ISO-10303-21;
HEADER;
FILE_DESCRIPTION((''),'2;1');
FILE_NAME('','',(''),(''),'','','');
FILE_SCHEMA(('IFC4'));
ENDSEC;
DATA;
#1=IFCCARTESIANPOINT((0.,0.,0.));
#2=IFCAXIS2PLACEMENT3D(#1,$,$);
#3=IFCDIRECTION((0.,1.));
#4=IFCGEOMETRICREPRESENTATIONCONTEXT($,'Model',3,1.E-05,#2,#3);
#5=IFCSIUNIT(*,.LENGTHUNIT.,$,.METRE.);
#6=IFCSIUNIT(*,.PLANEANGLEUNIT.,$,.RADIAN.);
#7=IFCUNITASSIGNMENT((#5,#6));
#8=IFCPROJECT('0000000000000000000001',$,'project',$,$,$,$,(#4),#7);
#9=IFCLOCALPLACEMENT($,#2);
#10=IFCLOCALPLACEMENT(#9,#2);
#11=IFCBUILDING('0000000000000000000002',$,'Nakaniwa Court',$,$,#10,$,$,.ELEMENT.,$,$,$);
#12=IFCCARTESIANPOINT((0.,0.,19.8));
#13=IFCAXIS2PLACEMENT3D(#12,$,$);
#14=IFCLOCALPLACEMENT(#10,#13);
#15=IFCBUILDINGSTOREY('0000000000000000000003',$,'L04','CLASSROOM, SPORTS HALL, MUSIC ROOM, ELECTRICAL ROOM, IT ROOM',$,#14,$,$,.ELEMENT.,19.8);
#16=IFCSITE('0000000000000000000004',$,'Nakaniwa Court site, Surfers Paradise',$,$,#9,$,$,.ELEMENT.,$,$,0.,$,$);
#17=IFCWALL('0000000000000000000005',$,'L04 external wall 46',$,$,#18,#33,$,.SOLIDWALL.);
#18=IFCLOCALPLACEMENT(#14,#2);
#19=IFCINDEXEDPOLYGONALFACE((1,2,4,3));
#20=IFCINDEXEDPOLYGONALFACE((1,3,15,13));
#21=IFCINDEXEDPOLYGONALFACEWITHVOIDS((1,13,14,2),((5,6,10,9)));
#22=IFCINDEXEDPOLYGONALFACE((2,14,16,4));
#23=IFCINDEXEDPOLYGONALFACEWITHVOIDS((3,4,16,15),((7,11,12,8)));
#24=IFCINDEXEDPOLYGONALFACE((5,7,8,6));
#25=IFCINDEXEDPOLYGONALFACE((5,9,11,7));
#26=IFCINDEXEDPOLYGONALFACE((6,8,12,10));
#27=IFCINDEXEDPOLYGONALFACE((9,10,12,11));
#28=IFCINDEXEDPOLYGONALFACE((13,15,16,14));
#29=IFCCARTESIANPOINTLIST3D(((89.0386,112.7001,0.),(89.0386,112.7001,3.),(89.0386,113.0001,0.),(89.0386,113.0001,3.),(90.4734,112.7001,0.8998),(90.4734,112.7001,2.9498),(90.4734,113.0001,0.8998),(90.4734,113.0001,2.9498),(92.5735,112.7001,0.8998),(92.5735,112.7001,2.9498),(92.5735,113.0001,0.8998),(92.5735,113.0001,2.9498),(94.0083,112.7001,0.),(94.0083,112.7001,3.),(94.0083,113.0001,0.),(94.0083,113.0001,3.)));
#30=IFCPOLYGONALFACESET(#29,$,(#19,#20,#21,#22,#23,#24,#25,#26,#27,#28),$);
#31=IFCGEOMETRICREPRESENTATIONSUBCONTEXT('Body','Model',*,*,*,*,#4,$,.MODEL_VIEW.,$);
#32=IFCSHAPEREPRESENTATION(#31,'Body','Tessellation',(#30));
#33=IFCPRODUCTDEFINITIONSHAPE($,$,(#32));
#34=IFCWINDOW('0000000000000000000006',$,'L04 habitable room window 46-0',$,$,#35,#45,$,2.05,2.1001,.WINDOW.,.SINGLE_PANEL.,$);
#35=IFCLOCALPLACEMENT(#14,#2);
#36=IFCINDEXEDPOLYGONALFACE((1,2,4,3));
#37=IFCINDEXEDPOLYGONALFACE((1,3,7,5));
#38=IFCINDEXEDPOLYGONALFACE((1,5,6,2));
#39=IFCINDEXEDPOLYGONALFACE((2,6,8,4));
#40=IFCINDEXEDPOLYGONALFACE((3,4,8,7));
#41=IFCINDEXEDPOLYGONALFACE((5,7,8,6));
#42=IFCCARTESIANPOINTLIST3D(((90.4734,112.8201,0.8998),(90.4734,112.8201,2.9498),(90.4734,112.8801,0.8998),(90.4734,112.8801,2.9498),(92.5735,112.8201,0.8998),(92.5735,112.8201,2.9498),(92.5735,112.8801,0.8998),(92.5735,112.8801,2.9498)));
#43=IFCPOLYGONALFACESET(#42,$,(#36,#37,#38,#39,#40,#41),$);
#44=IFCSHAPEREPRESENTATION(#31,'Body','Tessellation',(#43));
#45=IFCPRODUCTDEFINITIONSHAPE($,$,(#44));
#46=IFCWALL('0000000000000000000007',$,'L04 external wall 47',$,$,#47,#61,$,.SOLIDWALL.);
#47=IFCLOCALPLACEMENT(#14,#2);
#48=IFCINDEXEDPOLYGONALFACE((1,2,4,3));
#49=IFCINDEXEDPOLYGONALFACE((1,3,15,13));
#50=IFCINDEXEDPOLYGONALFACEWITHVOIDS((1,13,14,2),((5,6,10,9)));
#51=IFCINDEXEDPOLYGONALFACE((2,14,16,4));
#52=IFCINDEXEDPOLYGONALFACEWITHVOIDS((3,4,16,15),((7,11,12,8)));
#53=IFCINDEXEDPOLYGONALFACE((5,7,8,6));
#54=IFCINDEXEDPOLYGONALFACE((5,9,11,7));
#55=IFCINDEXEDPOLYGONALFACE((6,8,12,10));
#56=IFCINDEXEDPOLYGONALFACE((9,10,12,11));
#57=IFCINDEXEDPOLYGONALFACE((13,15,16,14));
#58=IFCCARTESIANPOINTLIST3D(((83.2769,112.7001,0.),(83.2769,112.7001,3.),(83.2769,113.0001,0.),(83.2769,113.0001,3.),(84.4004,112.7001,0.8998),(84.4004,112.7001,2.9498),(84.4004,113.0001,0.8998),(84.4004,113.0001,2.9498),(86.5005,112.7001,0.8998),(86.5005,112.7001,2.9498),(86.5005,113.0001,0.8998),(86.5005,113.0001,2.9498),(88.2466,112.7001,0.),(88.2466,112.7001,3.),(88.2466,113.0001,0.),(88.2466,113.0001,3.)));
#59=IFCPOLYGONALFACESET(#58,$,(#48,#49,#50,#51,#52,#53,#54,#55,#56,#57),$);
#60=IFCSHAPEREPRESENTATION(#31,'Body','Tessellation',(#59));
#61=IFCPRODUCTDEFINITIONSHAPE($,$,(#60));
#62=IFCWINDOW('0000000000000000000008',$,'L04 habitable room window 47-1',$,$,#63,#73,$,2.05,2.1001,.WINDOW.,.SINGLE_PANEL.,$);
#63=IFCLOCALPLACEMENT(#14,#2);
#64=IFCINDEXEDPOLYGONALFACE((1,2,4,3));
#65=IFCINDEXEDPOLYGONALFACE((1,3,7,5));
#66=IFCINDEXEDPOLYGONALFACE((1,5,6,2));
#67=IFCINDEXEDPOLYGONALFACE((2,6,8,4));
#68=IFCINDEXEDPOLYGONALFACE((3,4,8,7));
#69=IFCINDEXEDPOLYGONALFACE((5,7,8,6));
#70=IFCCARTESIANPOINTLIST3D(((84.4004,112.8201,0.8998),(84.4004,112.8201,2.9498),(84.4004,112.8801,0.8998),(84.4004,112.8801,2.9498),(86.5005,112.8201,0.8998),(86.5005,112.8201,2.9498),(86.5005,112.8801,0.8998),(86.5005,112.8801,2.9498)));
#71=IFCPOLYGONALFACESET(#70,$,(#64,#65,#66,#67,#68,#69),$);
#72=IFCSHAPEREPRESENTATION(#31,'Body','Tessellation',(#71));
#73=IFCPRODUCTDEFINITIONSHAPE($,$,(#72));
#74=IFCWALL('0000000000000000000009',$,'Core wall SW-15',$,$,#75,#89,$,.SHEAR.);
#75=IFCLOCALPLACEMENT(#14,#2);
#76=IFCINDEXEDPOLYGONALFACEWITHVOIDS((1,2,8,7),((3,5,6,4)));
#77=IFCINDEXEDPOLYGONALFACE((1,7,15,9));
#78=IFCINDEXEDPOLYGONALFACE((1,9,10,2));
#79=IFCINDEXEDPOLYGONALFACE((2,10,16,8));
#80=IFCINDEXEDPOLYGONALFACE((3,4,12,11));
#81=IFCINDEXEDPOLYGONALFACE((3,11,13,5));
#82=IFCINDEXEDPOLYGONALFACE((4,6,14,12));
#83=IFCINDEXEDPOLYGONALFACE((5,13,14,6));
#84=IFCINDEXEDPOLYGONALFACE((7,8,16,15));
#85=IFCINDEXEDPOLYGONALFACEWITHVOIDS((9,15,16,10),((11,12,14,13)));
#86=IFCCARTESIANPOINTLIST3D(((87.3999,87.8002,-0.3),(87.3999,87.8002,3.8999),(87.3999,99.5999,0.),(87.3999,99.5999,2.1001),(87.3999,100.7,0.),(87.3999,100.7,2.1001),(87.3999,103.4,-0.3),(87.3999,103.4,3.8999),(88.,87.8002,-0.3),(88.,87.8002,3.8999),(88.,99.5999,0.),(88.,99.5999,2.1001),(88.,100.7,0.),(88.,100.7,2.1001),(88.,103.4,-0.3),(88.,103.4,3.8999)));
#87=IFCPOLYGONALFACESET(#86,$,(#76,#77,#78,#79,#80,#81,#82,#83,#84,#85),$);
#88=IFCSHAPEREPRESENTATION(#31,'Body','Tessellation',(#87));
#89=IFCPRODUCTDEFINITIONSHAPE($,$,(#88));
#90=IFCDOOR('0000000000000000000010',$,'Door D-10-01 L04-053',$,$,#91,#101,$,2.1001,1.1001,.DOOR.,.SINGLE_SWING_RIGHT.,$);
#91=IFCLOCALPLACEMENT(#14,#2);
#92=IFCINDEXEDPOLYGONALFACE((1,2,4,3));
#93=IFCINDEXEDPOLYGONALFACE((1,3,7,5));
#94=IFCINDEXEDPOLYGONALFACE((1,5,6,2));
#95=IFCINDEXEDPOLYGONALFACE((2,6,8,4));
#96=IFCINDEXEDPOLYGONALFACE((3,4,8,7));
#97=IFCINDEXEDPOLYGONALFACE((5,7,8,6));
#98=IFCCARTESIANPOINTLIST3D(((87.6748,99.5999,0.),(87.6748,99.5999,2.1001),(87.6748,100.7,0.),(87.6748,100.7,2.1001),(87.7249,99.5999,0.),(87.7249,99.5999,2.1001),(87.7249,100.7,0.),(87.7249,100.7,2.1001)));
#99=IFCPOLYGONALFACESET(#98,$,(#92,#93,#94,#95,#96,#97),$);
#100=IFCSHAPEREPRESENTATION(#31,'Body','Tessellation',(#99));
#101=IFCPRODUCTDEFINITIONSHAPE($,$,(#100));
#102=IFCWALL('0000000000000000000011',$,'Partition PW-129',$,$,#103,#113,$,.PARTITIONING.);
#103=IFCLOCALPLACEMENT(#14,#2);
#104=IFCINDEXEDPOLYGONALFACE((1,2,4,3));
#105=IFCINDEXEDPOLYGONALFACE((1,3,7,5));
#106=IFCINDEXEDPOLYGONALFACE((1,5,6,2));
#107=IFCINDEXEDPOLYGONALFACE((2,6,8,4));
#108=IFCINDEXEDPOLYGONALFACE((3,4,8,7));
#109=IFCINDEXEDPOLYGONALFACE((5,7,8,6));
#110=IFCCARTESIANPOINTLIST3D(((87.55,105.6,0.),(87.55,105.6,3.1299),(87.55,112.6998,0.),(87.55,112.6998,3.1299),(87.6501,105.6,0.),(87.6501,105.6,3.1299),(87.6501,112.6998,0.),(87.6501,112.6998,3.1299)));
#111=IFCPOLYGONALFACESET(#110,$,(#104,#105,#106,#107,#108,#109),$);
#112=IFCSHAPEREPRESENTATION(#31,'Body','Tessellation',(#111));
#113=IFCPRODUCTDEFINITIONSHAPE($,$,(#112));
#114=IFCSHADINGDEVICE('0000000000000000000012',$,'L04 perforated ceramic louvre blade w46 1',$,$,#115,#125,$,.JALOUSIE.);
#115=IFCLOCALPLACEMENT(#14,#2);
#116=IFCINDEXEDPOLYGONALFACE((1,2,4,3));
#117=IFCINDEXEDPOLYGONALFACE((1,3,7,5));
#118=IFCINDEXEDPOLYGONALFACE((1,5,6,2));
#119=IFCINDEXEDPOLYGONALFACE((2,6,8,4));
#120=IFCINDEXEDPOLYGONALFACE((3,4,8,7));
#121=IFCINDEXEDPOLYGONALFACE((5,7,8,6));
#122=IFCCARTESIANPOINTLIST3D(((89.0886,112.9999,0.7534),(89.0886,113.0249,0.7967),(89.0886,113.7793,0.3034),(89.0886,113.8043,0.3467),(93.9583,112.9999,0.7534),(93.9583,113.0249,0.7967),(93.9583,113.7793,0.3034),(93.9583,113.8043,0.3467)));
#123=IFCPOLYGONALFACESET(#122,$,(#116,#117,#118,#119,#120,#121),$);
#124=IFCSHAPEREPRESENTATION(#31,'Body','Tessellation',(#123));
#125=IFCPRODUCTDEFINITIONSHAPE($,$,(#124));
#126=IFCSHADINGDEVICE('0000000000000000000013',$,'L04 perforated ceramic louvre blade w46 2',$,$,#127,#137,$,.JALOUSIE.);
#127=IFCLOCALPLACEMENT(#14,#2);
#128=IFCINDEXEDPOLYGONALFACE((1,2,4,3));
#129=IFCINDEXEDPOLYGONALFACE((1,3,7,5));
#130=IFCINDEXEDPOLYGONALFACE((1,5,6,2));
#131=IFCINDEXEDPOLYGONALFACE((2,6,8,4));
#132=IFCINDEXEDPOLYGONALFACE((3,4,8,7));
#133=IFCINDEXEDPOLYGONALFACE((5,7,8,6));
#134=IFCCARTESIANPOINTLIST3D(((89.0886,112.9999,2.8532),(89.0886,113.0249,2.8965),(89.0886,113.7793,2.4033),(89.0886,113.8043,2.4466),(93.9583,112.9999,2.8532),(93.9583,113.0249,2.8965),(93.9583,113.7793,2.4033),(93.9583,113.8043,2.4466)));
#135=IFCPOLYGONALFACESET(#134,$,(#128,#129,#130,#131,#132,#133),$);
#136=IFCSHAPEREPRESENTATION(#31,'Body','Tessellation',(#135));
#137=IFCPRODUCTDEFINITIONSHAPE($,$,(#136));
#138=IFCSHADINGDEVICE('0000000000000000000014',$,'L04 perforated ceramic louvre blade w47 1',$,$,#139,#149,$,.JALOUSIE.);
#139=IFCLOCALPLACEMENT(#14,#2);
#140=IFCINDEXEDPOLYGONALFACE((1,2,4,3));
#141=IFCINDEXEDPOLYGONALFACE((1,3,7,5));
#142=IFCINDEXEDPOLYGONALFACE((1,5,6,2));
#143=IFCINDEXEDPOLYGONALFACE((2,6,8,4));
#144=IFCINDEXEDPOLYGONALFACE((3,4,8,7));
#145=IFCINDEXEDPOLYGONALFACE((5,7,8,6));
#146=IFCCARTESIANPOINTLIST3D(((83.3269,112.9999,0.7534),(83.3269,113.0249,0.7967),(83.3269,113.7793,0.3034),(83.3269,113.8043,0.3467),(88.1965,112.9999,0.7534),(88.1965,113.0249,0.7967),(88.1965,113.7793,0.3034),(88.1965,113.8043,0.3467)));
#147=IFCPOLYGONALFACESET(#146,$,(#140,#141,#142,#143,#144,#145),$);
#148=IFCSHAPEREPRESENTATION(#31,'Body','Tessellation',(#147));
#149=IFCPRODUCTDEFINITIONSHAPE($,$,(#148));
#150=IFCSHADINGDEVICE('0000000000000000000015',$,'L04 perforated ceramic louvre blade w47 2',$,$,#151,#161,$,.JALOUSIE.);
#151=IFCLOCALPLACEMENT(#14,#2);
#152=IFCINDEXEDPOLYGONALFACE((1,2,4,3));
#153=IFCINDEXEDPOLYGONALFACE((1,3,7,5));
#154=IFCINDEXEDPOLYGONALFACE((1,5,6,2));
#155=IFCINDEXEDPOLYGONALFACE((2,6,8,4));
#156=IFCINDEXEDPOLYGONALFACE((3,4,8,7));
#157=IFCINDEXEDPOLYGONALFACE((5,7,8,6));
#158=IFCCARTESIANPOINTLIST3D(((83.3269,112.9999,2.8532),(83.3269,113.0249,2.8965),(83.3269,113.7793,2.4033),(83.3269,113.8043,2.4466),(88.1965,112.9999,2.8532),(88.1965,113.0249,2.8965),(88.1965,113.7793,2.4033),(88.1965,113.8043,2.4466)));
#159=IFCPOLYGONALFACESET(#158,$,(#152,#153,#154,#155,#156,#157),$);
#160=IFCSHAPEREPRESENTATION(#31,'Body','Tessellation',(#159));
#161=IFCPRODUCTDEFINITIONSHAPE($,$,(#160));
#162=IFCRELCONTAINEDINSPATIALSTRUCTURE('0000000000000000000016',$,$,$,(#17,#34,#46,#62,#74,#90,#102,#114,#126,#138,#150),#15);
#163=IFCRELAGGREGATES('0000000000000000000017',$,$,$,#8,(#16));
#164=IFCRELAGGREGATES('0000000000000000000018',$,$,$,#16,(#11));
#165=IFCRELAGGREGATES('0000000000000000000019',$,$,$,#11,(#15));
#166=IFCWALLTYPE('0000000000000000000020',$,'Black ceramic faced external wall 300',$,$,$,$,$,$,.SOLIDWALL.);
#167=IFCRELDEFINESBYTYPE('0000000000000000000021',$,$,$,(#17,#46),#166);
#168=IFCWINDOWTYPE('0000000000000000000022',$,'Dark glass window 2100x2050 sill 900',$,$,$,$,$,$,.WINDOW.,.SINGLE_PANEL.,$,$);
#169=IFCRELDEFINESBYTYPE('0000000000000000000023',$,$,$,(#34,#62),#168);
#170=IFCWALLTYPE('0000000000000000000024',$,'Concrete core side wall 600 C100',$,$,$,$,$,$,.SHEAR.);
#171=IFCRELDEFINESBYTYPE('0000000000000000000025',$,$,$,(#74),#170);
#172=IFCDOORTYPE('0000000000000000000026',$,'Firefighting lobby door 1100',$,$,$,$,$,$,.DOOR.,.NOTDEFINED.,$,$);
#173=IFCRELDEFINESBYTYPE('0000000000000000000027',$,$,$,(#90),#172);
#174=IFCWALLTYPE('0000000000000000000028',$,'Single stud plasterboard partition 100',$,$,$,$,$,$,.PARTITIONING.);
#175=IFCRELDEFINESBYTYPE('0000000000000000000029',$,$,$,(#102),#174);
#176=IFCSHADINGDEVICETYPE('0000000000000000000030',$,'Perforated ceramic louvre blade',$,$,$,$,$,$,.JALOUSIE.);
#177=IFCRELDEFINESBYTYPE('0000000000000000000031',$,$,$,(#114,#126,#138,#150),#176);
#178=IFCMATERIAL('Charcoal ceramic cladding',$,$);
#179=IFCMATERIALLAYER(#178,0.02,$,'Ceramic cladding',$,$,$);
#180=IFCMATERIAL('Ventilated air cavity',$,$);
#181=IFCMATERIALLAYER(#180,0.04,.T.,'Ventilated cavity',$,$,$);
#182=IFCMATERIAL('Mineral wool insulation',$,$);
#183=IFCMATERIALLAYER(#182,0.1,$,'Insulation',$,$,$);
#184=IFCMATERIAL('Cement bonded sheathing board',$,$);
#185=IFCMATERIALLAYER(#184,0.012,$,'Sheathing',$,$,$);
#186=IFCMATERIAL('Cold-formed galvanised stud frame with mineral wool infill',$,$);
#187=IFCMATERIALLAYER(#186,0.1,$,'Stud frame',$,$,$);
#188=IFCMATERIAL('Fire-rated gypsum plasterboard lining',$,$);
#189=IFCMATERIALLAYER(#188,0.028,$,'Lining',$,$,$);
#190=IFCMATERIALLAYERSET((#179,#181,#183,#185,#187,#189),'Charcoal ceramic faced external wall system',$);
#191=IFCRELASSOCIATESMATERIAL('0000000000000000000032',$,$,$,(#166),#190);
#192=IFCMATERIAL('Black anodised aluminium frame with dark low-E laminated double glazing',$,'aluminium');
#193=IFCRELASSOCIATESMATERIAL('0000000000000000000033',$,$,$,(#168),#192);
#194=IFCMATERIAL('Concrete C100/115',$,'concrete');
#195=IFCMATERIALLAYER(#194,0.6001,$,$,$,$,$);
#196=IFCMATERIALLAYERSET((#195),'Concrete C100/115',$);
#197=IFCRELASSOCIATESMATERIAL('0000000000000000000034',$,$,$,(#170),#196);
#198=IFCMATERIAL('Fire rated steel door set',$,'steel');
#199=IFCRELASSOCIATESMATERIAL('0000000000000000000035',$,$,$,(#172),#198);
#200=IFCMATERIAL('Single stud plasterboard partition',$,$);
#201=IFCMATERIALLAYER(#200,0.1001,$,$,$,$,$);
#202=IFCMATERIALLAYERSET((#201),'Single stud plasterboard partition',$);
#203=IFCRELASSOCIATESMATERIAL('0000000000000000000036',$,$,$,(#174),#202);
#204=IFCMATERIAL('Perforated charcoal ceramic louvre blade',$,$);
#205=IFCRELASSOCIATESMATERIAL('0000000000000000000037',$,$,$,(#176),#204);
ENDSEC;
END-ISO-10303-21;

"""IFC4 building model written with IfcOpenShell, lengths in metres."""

from ifc_helpers import new_model, si_unit, direction, frame, frame_2d, origin, origin_2d, place, context, subcontext, project, spatial, rectangle, extrude, material, layer, layer_set, material_profile, profile_set, type_object, element, fill, save


model = new_model("IFC4")

# Units and contexts
model_context = context("Model", 3, precision=1e-05, world=origin(), true_north=direction((0.0, 1.0)))
body_context = subcontext(model_context, "Body", "Model", "MODEL_VIEW")
ifc_project = project(units=[si_unit("LENGTHUNIT", "METRE"), si_unit("PLANEANGLEUNIT", "RADIAN")], contexts=[model_context])

# Site, building, storey
site_placement = place(None, origin())
site = spatial("IfcSite", under=ifc_project, at=site_placement, Name="Nakaniwa Court site, Surfers Paradise", CompositionType="ELEMENT", RefElevation=0.0)
building_placement = place(site_placement, origin())
building = spatial("IfcBuilding", under=site, at=building_placement, Name="Nakaniwa Court", CompositionType="ELEMENT")
storey_placement = place(building_placement, frame((0.0, 0.0, 19.8)))
storey = spatial("IfcBuildingStorey", under=building, at=storey_placement, Name="L04", Description="CLASSROOM, SPORTS HALL, MUSIC ROOM, ELECTRICAL ROOM, IT ROOM", CompositionType="ELEMENT", Elevation=19.8)

# Shared definitions
ifc_material_1 = material(Name="Concrete C100/115", Category="concrete")

# Walls, openings, windows
ifc_material_2 = material(Name="Charcoal ceramic cladding")
ifc_layer_1 = layer(ifc_material_2, 0.02, Name="Ceramic cladding")
ifc_material_3 = material(Name="Ventilated air cavity")
ifc_layer_2 = layer(ifc_material_3, 0.04, ventilated=True, Name="Ventilated cavity")
ifc_material_4 = material(Name="Mineral wool insulation")
ifc_layer_3 = layer(ifc_material_4, 0.1, Name="Insulation")
ifc_material_5 = material(Name="Cement bonded sheathing board")
ifc_layer_4 = layer(ifc_material_5, 0.012, Name="Sheathing")
ifc_material_6 = material(Name="Cold-formed galvanised stud frame with mineral wool infill")
ifc_layer_5 = layer(ifc_material_6, 0.1, Name="Stud frame")
ifc_material_7 = material(Name="Fire-rated gypsum plasterboard lining")
ifc_layer_6 = layer(ifc_material_7, 0.028, Name="Lining")
ifc_layer_set_1 = layer_set([ifc_layer_1, ifc_layer_2, ifc_layer_3, ifc_layer_4, ifc_layer_5, ifc_layer_6], Name="Charcoal ceramic faced external wall system")
wall_type_1 = type_object("IfcWallType", Name="Black ceramic faced external wall 300", PredefinedType="SOLIDWALL", material=ifc_layer_set_1)
wall_1_placement = place(storey_placement, frame((94.0083, 112.8501, 0.0), z_axis=(0.0, 0.0, 1.0), x_axis=(-1.0, 0.0, 0.0)))
wall_1 = element("IfcWall", 1, at=wall_1_placement, inside=storey, type_object=wall_type_1, Name="L04 external wall 46", PredefinedType="SOLIDWALL", context=body_context, shape_type="SweptSolid", body=[
    extrude(rectangle(XDim=4.9697, YDim=0.3, at=frame_2d((2.4849, 0.0))), origin(), (0.0, 0.0, 1.0), 3.0),
])
opening_1_placement = place(wall_1_placement, frame((1.4348, 0.0, 0.8999)))
opening_1 = element("IfcOpeningElement", 2, at=opening_1_placement, cuts=wall_1, PredefinedType="OPENING", context=body_context, shape_type="SweptSolid", body=[
    extrude(rectangle(XDim=2.1001, YDim=2.05, at=frame_2d((1.05, 1.0249))), frame((0.0, 0.1599, 0.0), z_axis=(0.0, -1.0, 0.0), x_axis=(1.0, 0.0, 0.0)), (0.0, 0.0, 1.0), 0.3201),
])
ifc_material_8 = material(Name="Black anodised aluminium frame with dark low-E laminated double glazing", Category="aluminium")
window_type = type_object("IfcWindowType", Name="Dark glass window 2100x2050 sill 900", PartitioningType="SINGLE_PANEL", PredefinedType="WINDOW", material=ifc_material_8)
window_1_placement = place(opening_1_placement, origin())
window_1 = element("IfcWindow", 3, at=window_1_placement, inside=storey, type_object=window_type, Name="L04 habitable room window 46-0", OverallHeight=2.05, OverallWidth=2.1001, PartitioningType="SINGLE_PANEL", PredefinedType="WINDOW", context=body_context, shape_type="SweptSolid", body=[
    extrude(rectangle(XDim=2.1001, YDim=2.05, at=frame_2d((1.05, 1.0249))), frame((0.0, 0.03, 0.0), z_axis=(0.0, -1.0, 0.0), x_axis=(1.0, 0.0, 0.0)), (0.0, 0.0, 1.0), 0.0601),
])
fill(opening_1, window_1)
wall_2_placement = place(storey_placement, frame((88.2466, 112.8501, 0.0), z_axis=(0.0, 0.0, 1.0), x_axis=(-1.0, 0.0, 0.0)))
wall_2 = element("IfcWall", 4, at=wall_2_placement, inside=storey, type_object=wall_type_1, Name="L04 external wall 47", PredefinedType="SOLIDWALL", context=body_context, shape_type="SweptSolid", body=[
    extrude(rectangle(XDim=4.9697, YDim=0.3, at=frame_2d((2.4849, 0.0))), origin(), (0.0, 0.0, 1.0), 3.0),
])
opening_2_placement = place(wall_2_placement, frame((1.7461, 0.0, 0.8999)))
opening_2 = element("IfcOpeningElement", 5, at=opening_2_placement, cuts=wall_2, PredefinedType="OPENING", context=body_context, shape_type="SweptSolid", body=[
    extrude(rectangle(XDim=2.1001, YDim=2.05, at=frame_2d((1.05, 1.0249))), frame((0.0, 0.1599, 0.0), z_axis=(0.0, -1.0, 0.0), x_axis=(1.0, 0.0, 0.0)), (0.0, 0.0, 1.0), 0.3201),
])
window_2_placement = place(opening_2_placement, origin())
window_2 = element("IfcWindow", 6, at=window_2_placement, inside=storey, type_object=window_type, Name="L04 habitable room window 47-1", OverallHeight=2.05, OverallWidth=2.1001, PartitioningType="SINGLE_PANEL", PredefinedType="WINDOW", context=body_context, shape_type="SweptSolid", body=[
    extrude(rectangle(XDim=2.1001, YDim=2.05, at=frame_2d((1.05, 1.0249))), frame((0.0, 0.03, 0.0), z_axis=(0.0, -1.0, 0.0), x_axis=(1.0, 0.0, 0.0)), (0.0, 0.0, 1.0), 0.0601),
])
fill(opening_2, window_2)

# Wall, opening, door
ifc_layer_7 = layer(ifc_material_1, 0.6001)
ifc_layer_set_2 = layer_set([ifc_layer_7], Name="Concrete C100/115")
wall_type_2 = type_object("IfcWallType", Name="Concrete core side wall 600 C100", PredefinedType="SHEAR", material=ifc_layer_set_2)
wall_3_placement = place(storey_placement, frame((87.7, 103.3999, -0.3), z_axis=(0.0, 0.0, 1.0), x_axis=(0.0, -1.0, 0.0)))
wall_3 = element("IfcWall", 7, at=wall_3_placement, inside=storey, type_object=wall_type_2, Name="Core wall SW-15", PredefinedType="SHEAR", context=body_context, shape_type="SweptSolid", body=[
    extrude(rectangle(XDim=15.5999, YDim=0.6001, at=frame_2d((7.7998, 0.0))), origin(), (0.0, 0.0, 1.0), 4.2),
])
opening_3_placement = place(wall_3_placement, frame((2.7, 0.0, 0.3)))
opening_3 = element("IfcOpeningElement", 8, at=opening_3_placement, cuts=wall_3, PredefinedType="OPENING", context=body_context, shape_type="SweptSolid", body=[
    extrude(rectangle(XDim=1.1001, YDim=2.1001, at=frame_2d((0.55, 1.05))), frame((0.0, 0.3101, 0.0), z_axis=(0.0, -1.0, 0.0), x_axis=(1.0, 0.0, 0.0)), (0.0, 0.0, 1.0), 0.6201),
])
ifc_material_9 = material(Name="Fire rated steel door set", Category="steel")
door_type = type_object("IfcDoorType", Name="Firefighting lobby door 1100", OperationType="NOTDEFINED", PredefinedType="DOOR", material=ifc_material_9)
door_placement = place(opening_3_placement, origin())
door = element("IfcDoor", 9, at=door_placement, inside=storey, type_object=door_type, Name="Door D-10-01 L04-053", OperationType="SINGLE_SWING_RIGHT", OverallHeight=2.1001, OverallWidth=1.1001, PredefinedType="DOOR", context=body_context, shape_type="SweptSolid", body=[
    extrude(rectangle(XDim=1.1001, YDim=2.1001, at=frame_2d((0.55, 1.05))), frame((0.0, 0.0249, 0.0), z_axis=(0.0, -1.0, 0.0), x_axis=(1.0, 0.0, 0.0)), (0.0, 0.0, 1.0), 0.05),
])
fill(opening_3, door)

# Wall
ifc_material_10 = material(Name="Single stud plasterboard partition")
ifc_layer_8 = layer(ifc_material_10, 0.1001)
ifc_layer_set_3 = layer_set([ifc_layer_8], Name="Single stud plasterboard partition")
wall_type_3 = type_object("IfcWallType", Name="Single stud plasterboard partition 100", PredefinedType="PARTITIONING", material=ifc_layer_set_3)
wall_4_placement = place(storey_placement, frame((87.6001, 105.6001, 0.0), z_axis=(0.0, 0.0, 1.0), x_axis=(0.0, 1.0, 0.0)))
element("IfcWall", 10, at=wall_4_placement, inside=storey, type_object=wall_type_3, Name="Partition PW-129", PredefinedType="PARTITIONING", context=body_context, shape_type="SweptSolid", body=[
    extrude(rectangle(XDim=7.0999, YDim=0.1001, at=frame_2d((3.5498, 0.0))), origin(), (0.0, 0.0, 1.0), 3.1299),
])

# Shading devices
ifc_material_11 = material(Name="Perforated charcoal ceramic louvre blade")
ifc_material_profile_1 = material_profile(ifc_material_11, rectangle(XDim=0.8999, YDim=0.05, at=origin_2d()), Name="Perforated ceramic louvre blade")
ifc_profile_set_1 = profile_set([ifc_material_profile_1], Name="Perforated charcoal ceramic louvre blade")
shading_device_type = type_object("IfcShadingDeviceType", Name="Perforated ceramic louvre blade", PredefinedType="JALOUSIE", material=ifc_profile_set_1)
for number, where, z_axis, x_axis, name in (
    (11, (93.9583, 113.4021, 0.55), (-1.0, 0.0, 0.0), (0.0, -0.866025, 0.5), "L04 perforated ceramic louvre blade w46 1"),
    (12, (93.9583, 113.4021, 2.6499), (-1.0, 0.0, 0.0), (0.0, -0.866025, 0.5), "L04 perforated ceramic louvre blade w46 2"),
    (13, (88.1965, 113.4021, 0.55), (-1.0, 0.0, 0.0), (0.0, -0.866025, 0.5), "L04 perforated ceramic louvre blade w47 1"),
    (14, (88.1965, 113.4021, 2.6499), (-1.0, 0.0, 0.0), (0.0, -0.866025, 0.5), "L04 perforated ceramic louvre blade w47 2"),
):
    element("IfcShadingDevice", number, at=place(storey_placement, frame(where, z_axis=z_axis, x_axis=x_axis)), inside=storey, type_object=shading_device_type, Name=name, PredefinedType="JALOUSIE", context=body_context, shape_type="SweptSolid", body=[
        extrude(rectangle(XDim=0.8999, YDim=0.05, at=origin_2d()), origin(), (0.0, 0.0, 1.0), 4.8696),
    ])

save(model, "model.ifc")
